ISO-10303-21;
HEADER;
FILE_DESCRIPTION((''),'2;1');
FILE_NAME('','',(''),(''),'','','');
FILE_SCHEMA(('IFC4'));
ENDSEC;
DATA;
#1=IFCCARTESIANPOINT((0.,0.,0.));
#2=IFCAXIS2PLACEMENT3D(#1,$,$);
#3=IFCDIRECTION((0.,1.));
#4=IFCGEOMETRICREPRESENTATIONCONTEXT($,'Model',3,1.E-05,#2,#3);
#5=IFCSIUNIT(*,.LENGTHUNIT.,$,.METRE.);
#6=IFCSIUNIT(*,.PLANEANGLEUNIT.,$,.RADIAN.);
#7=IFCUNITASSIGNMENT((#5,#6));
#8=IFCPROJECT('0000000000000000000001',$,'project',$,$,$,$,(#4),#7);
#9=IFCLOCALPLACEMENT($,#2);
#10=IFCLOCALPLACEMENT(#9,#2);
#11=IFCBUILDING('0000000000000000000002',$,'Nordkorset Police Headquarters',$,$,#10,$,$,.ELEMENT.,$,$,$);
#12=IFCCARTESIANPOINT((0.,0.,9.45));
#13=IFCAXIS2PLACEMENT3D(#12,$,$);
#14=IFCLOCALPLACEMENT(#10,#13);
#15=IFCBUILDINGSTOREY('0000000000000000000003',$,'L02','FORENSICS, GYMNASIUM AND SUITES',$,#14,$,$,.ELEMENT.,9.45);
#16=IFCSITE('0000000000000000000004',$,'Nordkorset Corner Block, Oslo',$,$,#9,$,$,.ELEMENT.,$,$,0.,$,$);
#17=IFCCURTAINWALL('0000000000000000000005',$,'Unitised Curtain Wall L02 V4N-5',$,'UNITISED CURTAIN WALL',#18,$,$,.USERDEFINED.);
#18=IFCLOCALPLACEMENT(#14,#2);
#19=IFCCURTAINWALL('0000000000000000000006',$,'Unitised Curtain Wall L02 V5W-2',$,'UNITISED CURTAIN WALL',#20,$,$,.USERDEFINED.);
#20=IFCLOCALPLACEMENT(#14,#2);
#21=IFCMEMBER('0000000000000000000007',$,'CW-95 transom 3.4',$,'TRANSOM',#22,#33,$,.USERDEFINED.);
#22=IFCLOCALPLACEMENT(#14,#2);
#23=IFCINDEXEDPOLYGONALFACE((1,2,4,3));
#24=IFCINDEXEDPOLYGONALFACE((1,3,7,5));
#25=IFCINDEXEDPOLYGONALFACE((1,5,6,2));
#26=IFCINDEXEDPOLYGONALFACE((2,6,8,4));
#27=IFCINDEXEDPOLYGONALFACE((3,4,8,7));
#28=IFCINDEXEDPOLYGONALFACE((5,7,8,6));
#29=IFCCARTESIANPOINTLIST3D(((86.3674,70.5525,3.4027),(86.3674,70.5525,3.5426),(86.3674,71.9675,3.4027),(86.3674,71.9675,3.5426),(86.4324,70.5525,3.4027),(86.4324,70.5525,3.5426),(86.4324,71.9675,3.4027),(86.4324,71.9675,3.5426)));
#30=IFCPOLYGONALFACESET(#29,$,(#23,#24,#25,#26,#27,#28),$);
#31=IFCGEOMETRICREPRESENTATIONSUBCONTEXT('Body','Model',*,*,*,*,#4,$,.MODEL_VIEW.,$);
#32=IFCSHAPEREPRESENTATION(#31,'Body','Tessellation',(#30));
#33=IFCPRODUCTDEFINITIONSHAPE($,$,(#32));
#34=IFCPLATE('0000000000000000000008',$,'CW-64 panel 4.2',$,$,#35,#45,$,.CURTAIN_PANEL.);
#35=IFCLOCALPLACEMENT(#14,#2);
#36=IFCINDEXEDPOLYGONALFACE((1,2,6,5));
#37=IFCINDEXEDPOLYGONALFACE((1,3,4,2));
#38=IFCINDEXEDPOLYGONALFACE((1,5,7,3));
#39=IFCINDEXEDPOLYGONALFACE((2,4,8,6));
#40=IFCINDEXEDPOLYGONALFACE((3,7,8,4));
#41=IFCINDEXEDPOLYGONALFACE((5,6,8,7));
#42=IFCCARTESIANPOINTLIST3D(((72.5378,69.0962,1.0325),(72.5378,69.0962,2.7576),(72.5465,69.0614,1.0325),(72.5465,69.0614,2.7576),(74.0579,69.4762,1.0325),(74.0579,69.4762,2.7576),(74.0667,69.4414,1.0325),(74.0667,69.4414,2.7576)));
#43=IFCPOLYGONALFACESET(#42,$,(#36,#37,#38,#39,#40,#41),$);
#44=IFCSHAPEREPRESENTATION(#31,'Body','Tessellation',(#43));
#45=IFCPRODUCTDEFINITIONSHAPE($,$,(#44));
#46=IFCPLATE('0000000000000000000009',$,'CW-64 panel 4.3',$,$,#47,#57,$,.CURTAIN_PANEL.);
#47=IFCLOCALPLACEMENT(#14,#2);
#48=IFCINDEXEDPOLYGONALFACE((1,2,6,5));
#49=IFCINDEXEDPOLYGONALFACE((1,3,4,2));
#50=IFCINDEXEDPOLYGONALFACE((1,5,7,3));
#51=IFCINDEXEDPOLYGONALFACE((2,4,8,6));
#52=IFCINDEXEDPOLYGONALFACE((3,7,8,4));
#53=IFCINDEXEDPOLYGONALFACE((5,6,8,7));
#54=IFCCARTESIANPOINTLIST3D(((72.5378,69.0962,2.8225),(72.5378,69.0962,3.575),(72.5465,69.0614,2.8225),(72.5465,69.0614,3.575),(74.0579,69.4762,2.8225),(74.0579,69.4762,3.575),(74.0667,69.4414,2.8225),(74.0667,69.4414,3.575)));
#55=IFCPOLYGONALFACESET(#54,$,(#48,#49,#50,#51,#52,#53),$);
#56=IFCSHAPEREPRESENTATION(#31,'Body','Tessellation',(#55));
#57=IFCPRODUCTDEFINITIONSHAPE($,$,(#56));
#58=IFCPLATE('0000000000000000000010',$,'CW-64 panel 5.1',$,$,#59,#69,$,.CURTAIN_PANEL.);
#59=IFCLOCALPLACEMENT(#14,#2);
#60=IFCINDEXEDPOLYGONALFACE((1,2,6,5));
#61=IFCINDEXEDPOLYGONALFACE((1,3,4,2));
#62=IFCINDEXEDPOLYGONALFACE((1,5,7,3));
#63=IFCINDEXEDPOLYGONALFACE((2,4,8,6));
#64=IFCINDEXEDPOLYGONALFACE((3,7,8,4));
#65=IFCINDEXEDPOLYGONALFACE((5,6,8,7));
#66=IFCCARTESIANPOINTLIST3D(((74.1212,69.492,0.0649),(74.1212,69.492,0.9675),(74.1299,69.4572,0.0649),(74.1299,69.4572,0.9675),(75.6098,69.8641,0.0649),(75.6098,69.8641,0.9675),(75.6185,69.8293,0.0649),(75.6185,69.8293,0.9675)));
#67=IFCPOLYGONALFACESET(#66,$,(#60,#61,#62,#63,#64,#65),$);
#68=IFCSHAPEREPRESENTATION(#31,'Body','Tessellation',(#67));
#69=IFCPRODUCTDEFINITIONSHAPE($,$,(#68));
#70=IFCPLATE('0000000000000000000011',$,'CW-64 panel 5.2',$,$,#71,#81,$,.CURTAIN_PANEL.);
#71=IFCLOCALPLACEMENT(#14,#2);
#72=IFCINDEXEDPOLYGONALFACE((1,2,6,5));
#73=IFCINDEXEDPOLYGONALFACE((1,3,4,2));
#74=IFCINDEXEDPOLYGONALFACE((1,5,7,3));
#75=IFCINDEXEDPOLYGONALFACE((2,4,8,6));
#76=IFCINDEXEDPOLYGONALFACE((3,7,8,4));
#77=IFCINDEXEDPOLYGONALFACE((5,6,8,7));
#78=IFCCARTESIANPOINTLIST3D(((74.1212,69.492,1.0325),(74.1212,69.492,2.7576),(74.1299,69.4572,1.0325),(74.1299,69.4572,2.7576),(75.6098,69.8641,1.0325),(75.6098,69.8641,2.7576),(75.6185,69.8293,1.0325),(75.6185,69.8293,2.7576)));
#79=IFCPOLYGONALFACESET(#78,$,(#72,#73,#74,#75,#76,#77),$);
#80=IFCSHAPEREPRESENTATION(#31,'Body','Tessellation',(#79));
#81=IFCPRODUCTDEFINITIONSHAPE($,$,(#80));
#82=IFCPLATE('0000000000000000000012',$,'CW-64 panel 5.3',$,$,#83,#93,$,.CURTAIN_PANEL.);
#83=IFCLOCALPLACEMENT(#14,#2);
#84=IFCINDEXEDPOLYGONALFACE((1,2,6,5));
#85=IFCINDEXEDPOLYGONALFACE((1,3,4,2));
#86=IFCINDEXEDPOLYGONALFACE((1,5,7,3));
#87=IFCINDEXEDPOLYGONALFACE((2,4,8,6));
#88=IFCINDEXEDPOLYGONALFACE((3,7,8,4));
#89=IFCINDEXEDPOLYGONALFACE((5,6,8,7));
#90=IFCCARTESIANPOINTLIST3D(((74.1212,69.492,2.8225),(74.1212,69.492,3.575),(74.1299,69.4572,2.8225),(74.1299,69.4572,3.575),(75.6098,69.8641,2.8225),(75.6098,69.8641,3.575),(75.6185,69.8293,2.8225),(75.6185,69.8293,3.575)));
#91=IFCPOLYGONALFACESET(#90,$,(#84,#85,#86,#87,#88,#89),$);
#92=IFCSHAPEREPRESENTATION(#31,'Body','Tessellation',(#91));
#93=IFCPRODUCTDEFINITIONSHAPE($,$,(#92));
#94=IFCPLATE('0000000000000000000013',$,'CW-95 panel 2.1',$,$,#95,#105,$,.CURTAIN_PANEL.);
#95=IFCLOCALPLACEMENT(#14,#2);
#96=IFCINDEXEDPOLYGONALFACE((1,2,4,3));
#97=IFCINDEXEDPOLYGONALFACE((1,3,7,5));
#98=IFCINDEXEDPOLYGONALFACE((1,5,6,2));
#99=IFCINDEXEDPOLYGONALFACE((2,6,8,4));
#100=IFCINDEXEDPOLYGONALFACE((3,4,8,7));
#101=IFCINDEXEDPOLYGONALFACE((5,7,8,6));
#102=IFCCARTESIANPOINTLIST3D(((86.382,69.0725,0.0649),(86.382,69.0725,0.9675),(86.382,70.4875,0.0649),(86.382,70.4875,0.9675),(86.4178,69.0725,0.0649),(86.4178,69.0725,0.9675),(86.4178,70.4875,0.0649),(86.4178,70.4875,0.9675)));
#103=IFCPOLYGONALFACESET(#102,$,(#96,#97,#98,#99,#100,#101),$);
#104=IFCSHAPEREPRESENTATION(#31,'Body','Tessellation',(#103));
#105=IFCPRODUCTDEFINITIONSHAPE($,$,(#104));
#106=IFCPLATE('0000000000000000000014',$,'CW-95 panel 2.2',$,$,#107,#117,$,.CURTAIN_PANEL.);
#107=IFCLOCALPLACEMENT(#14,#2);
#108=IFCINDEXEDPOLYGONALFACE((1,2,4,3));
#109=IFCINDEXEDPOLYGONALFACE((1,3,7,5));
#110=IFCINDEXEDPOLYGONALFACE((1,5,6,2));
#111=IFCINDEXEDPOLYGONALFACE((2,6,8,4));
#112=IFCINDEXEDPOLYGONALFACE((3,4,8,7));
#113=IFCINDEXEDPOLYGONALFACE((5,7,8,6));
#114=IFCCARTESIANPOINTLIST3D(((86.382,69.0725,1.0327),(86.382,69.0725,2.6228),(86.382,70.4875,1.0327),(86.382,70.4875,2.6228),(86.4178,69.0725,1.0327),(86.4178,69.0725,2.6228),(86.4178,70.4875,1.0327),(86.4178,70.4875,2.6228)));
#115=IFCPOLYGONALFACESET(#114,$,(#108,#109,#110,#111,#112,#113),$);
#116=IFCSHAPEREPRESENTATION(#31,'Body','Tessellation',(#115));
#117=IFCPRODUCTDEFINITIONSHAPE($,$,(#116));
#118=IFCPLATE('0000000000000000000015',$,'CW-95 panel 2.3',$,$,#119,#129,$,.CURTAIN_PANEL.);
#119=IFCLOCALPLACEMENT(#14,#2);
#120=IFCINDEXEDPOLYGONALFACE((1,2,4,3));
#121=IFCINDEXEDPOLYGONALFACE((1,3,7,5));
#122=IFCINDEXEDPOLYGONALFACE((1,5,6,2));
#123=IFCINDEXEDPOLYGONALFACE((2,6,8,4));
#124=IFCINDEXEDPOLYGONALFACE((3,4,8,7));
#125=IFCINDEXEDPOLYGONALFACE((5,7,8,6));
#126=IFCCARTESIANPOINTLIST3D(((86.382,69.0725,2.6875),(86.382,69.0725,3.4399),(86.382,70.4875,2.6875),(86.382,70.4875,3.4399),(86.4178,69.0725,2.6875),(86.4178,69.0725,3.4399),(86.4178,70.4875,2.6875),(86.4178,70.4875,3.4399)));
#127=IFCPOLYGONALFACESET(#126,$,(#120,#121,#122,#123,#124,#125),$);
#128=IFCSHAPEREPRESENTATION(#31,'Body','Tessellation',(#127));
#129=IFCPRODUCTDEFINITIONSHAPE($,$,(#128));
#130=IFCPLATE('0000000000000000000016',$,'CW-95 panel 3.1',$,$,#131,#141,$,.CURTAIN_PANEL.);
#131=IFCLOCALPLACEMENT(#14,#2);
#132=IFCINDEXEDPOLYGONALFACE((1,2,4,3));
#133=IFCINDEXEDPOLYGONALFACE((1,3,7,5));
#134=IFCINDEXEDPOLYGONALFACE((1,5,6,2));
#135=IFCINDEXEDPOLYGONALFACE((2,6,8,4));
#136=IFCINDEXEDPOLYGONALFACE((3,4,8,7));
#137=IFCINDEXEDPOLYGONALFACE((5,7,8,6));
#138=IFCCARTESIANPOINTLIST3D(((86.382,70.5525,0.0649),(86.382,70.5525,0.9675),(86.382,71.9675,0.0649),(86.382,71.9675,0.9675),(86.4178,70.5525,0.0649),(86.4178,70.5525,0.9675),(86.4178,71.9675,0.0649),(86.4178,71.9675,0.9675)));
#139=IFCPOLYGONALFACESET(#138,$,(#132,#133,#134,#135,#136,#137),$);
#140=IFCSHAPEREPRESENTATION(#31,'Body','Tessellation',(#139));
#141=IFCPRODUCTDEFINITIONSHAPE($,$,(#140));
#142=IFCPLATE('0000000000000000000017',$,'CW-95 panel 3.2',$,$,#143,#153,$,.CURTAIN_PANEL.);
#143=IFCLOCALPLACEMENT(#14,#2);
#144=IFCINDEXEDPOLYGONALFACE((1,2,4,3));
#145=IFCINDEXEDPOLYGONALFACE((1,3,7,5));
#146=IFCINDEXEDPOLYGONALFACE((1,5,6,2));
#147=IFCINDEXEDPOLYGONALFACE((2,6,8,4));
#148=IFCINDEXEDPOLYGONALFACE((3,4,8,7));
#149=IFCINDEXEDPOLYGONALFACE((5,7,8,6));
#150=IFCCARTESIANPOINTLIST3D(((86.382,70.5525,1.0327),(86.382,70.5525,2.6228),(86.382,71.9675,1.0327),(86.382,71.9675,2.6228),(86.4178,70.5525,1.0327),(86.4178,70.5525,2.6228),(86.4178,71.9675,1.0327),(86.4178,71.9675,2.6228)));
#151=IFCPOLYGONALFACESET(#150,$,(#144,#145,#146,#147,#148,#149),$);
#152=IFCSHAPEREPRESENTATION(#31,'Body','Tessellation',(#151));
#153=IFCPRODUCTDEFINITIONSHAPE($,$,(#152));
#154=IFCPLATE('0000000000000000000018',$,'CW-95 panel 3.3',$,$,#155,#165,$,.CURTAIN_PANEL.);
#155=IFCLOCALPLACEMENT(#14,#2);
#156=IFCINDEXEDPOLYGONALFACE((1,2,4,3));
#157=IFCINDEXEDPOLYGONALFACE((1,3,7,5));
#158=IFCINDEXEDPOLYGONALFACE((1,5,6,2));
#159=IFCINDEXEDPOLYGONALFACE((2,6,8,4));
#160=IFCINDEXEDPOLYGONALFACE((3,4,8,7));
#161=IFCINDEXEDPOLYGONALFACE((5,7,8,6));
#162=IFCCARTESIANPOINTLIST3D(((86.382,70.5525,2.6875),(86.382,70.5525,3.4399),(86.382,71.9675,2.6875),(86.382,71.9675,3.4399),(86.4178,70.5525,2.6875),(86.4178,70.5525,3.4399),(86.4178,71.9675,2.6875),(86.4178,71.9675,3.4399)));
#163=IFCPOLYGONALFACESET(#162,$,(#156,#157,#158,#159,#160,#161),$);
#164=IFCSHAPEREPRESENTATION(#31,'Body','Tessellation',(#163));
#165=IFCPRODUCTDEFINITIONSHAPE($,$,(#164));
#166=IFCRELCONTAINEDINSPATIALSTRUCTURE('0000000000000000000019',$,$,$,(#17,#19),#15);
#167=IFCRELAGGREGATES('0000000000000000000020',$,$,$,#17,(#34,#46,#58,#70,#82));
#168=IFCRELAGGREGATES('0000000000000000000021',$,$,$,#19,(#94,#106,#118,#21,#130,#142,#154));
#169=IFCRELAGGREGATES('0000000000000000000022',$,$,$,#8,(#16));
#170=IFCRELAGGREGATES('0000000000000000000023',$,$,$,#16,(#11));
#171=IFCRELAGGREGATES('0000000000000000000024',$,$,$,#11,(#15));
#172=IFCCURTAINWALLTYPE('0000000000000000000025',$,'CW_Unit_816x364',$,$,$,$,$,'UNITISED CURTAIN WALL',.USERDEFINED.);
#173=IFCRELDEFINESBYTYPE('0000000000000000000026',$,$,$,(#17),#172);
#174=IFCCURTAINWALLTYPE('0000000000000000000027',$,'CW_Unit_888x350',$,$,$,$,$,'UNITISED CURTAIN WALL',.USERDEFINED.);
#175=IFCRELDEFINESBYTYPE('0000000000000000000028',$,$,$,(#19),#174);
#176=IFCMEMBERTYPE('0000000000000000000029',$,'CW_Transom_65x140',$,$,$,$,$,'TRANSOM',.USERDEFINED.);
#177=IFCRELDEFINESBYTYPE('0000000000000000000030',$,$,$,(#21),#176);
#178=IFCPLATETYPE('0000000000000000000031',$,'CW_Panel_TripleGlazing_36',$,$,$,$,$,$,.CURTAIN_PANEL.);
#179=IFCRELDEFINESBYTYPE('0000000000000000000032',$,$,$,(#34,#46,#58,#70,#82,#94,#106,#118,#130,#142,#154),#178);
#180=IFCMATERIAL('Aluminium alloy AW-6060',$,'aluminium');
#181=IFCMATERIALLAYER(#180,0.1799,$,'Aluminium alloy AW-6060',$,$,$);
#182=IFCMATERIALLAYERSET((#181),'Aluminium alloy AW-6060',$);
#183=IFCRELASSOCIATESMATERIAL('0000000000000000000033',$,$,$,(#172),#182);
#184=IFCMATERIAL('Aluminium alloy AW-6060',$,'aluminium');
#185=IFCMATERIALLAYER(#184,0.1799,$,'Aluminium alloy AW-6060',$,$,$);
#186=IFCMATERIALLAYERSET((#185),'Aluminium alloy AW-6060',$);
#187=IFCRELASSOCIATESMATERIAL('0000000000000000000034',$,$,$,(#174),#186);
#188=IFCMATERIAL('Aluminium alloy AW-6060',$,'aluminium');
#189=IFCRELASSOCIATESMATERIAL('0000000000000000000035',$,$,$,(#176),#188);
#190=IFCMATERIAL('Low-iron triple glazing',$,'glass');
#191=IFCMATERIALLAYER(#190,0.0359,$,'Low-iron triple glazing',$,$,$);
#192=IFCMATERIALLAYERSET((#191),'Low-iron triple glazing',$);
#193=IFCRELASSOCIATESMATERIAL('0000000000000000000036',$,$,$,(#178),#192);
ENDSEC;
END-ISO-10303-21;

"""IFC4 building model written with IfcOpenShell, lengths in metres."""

from ifc_helpers import new_model, si_unit, direction, frame, origin, origin_2d, place, context, subcontext, project, spatial, rectangle, extrude, material, layer, layer_set, material_profile, profile_set, type_object, element, aggregate, save


model = new_model("IFC4")

# Units and contexts
model_context = context("Model", 3, precision=1e-05, world=origin(), true_north=direction((0.0, 1.0)))
body_context = subcontext(model_context, "Body", "Model", "MODEL_VIEW")
ifc_project = project(units=[si_unit("LENGTHUNIT", "METRE"), si_unit("PLANEANGLEUNIT", "RADIAN")], contexts=[model_context])

# Site, building, storey
site_placement = place(None, origin())
site = spatial("IfcSite", under=ifc_project, at=site_placement, Name="Nordkorset Corner Block, Oslo", CompositionType="ELEMENT", RefElevation=0.0)
building_placement = place(site_placement, origin())
building = spatial("IfcBuilding", under=site, at=building_placement, Name="Nordkorset Police Headquarters", CompositionType="ELEMENT")
storey_placement = place(building_placement, frame((0.0, 0.0, 9.45)))
storey = spatial("IfcBuildingStorey", under=building, at=storey_placement, Name="L02", Description="FORENSICS, GYMNASIUM AND SUITES", CompositionType="ELEMENT", Elevation=9.45)

# Curtain wall
ifc_material_1 = material(Name="Aluminium alloy AW-6060", Category="aluminium")
ifc_layer_1 = layer(ifc_material_1, 0.1799, Name="Aluminium alloy AW-6060")
ifc_layer_set_1 = layer_set([ifc_layer_1], Name="Aluminium alloy AW-6060")
curtain_wall_type_1 = type_object("IfcCurtainWallType", Name="CW_Unit_816x364", ElementType="UNITISED CURTAIN WALL", PredefinedType="USERDEFINED", material=ifc_layer_set_1)
curtain_wall_1_placement = place(storey_placement, origin())
curtain_wall_1 = element("IfcCurtainWall", 1, at=curtain_wall_1_placement, inside=storey, type_object=curtain_wall_type_1, Name="Unitised Curtain Wall L02 V4N-5", ObjectType="UNITISED CURTAIN WALL", PredefinedType="USERDEFINED")

# Curtain wall
ifc_material_2 = material(Name="Aluminium alloy AW-6060", Category="aluminium")
ifc_layer_2 = layer(ifc_material_2, 0.1799, Name="Aluminium alloy AW-6060")
ifc_layer_set_2 = layer_set([ifc_layer_2], Name="Aluminium alloy AW-6060")
curtain_wall_type_2 = type_object("IfcCurtainWallType", Name="CW_Unit_888x350", ElementType="UNITISED CURTAIN WALL", PredefinedType="USERDEFINED", material=ifc_layer_set_2)
curtain_wall_2_placement = place(storey_placement, origin())
curtain_wall_2 = element("IfcCurtainWall", 2, at=curtain_wall_2_placement, inside=storey, type_object=curtain_wall_type_2, Name="Unitised Curtain Wall L02 V5W-2", ObjectType="UNITISED CURTAIN WALL", PredefinedType="USERDEFINED")

# Member
ifc_material_3 = material(Name="Aluminium alloy AW-6060", Category="aluminium")
ifc_material_profile_1 = material_profile(ifc_material_3, rectangle(XDim=0.0649, YDim=0.1399, at=origin_2d()), Name="ALU TRAN 65x140")
ifc_profile_set_1 = profile_set([ifc_material_profile_1], Name="Aluminium alloy AW-6060")
member_type_1 = type_object("IfcMemberType", Name="CW_Transom_65x140", ElementType="TRANSOM", PredefinedType="USERDEFINED", material=ifc_profile_set_1)
member_1_placement = place(storey_placement, frame((86.3999, 70.5525, 3.4727), z_axis=(0.0, 1.0, 0.0), x_axis=(-1.0, 0.0, 0.0)))
member_1 = element("IfcMember", 3, at=member_1_placement, type_object=member_type_1, Name="CW-95 transom 3.4", ObjectType="TRANSOM", PredefinedType="USERDEFINED", context=body_context, shape_type="SweptSolid", body=[
    extrude(rectangle(XDim=0.0649, YDim=0.1399, at=origin_2d()), origin(), (0.0, 0.0, 1.0), 1.415),
])

# Plates
ifc_material_4 = material(Name="Low-iron triple glazing", Category="glass")
ifc_layer_3 = layer(ifc_material_4, 0.0359, Name="Low-iron triple glazing")
ifc_layer_set_3 = layer_set([ifc_layer_3], Name="Low-iron triple glazing")
plate_type = type_object("IfcPlateType", Name="CW_Panel_TripleGlazing_36", PredefinedType="CURTAIN_PANEL", material=ifc_layer_set_3)
plate_1_placement = place(storey_placement, frame((73.3022, 69.2688, 1.0325), z_axis=(0.0, 0.0, 1.0), x_axis=(0.970143, 0.242536, 0.0)))
plate_1 = element("IfcPlate", 4, at=plate_1_placement, type_object=plate_type, Name="CW-64 panel 4.2", PredefinedType="CURTAIN_PANEL", context=body_context, shape_type="SweptSolid", body=[
    extrude(rectangle(XDim=1.5669, YDim=0.0359, at=origin_2d()), origin(), (0.0, 0.0, 1.0), 1.7251),
])
plate_2_placement = place(storey_placement, frame((73.3022, 69.2688, 2.8225), z_axis=(0.0, 0.0, 1.0), x_axis=(0.970143, 0.242536, 0.0)))
plate_2 = element("IfcPlate", 5, at=plate_2_placement, type_object=plate_type, Name="CW-64 panel 4.3", PredefinedType="CURTAIN_PANEL", context=body_context, shape_type="SweptSolid", body=[
    extrude(rectangle(XDim=1.5669, YDim=0.0359, at=origin_2d()), origin(), (0.0, 0.0, 1.0), 0.7524),
])
plate_3_placement = place(storey_placement, frame((74.8699, 69.6606, 0.0649), z_axis=(0.0, 0.0, 1.0), x_axis=(0.970143, 0.242536, 0.0)))
plate_3 = element("IfcPlate", 6, at=plate_3_placement, type_object=plate_type, Name="CW-64 panel 5.1", PredefinedType="CURTAIN_PANEL", context=body_context, shape_type="SweptSolid", body=[
    extrude(rectangle(XDim=1.5344, YDim=0.0359, at=origin_2d()), origin(), (0.0, 0.0, 1.0), 0.9026),
])
plate_4_placement = place(storey_placement, frame((74.8699, 69.6606, 1.0325), z_axis=(0.0, 0.0, 1.0), x_axis=(0.970143, 0.242536, 0.0)))
plate_4 = element("IfcPlate", 7, at=plate_4_placement, type_object=plate_type, Name="CW-64 panel 5.2", PredefinedType="CURTAIN_PANEL", context=body_context, shape_type="SweptSolid", body=[
    extrude(rectangle(XDim=1.5344, YDim=0.0359, at=origin_2d()), origin(), (0.0, 0.0, 1.0), 1.7251),
])
plate_5_placement = place(storey_placement, frame((74.8699, 69.6606, 2.8225), z_axis=(0.0, 0.0, 1.0), x_axis=(0.970143, 0.242536, 0.0)))
plate_5 = element("IfcPlate", 8, at=plate_5_placement, type_object=plate_type, Name="CW-64 panel 5.3", PredefinedType="CURTAIN_PANEL", context=body_context, shape_type="SweptSolid", body=[
    extrude(rectangle(XDim=1.5344, YDim=0.0359, at=origin_2d()), origin(), (0.0, 0.0, 1.0), 0.7524),
])
aggregate(curtain_wall_1, [plate_1, plate_2, plate_3, plate_4, plate_5])
plate_6_placement = place(storey_placement, frame((86.3999, 69.78, 0.0649), z_axis=(0.0, 0.0, 1.0), x_axis=(0.0, 1.0, 0.0)))
plate_6 = element("IfcPlate", 9, at=plate_6_placement, type_object=plate_type, Name="CW-95 panel 2.1", PredefinedType="CURTAIN_PANEL", context=body_context, shape_type="SweptSolid", body=[
    extrude(rectangle(XDim=1.415, YDim=0.0359, at=origin_2d()), origin(), (0.0, 0.0, 1.0), 0.9026),
])
plate_7_placement = place(storey_placement, frame((86.3999, 69.78, 1.0327), z_axis=(0.0, 0.0, 1.0), x_axis=(0.0, 1.0, 0.0)))
plate_7 = element("IfcPlate", 10, at=plate_7_placement, type_object=plate_type, Name="CW-95 panel 2.2", PredefinedType="CURTAIN_PANEL", context=body_context, shape_type="SweptSolid", body=[
    extrude(rectangle(XDim=1.415, YDim=0.0359, at=origin_2d()), origin(), (0.0, 0.0, 1.0), 1.5901),
])
plate_8_placement = place(storey_placement, frame((86.3999, 69.78, 2.6875), z_axis=(0.0, 0.0, 1.0), x_axis=(0.0, 1.0, 0.0)))
plate_8 = element("IfcPlate", 11, at=plate_8_placement, type_object=plate_type, Name="CW-95 panel 2.3", PredefinedType="CURTAIN_PANEL", context=body_context, shape_type="SweptSolid", body=[
    extrude(rectangle(XDim=1.415, YDim=0.0359, at=origin_2d()), origin(), (0.0, 0.0, 1.0), 0.7524),
])
plate_9_placement = place(storey_placement, frame((86.3999, 71.26, 0.0649), z_axis=(0.0, 0.0, 1.0), x_axis=(0.0, 1.0, 0.0)))
plate_9 = element("IfcPlate", 12, at=plate_9_placement, type_object=plate_type, Name="CW-95 panel 3.1", PredefinedType="CURTAIN_PANEL", context=body_context, shape_type="SweptSolid", body=[
    extrude(rectangle(XDim=1.415, YDim=0.0359, at=origin_2d()), origin(), (0.0, 0.0, 1.0), 0.9026),
])
plate_10_placement = place(storey_placement, frame((86.3999, 71.26, 1.0327), z_axis=(0.0, 0.0, 1.0), x_axis=(0.0, 1.0, 0.0)))
plate_10 = element("IfcPlate", 13, at=plate_10_placement, type_object=plate_type, Name="CW-95 panel 3.2", PredefinedType="CURTAIN_PANEL", context=body_context, shape_type="SweptSolid", body=[
    extrude(rectangle(XDim=1.415, YDim=0.0359, at=origin_2d()), origin(), (0.0, 0.0, 1.0), 1.5901),
])
plate_11_placement = place(storey_placement, frame((86.3999, 71.26, 2.6875), z_axis=(0.0, 0.0, 1.0), x_axis=(0.0, 1.0, 0.0)))
plate_11 = element("IfcPlate", 14, at=plate_11_placement, type_object=plate_type, Name="CW-95 panel 3.3", PredefinedType="CURTAIN_PANEL", context=body_context, shape_type="SweptSolid", body=[
    extrude(rectangle(XDim=1.415, YDim=0.0359, at=origin_2d()), origin(), (0.0, 0.0, 1.0), 0.7524),
])
aggregate(curtain_wall_2, [plate_6, plate_7, plate_8, member_1, plate_9, plate_10, plate_11])

save(model, "model.ifc")
